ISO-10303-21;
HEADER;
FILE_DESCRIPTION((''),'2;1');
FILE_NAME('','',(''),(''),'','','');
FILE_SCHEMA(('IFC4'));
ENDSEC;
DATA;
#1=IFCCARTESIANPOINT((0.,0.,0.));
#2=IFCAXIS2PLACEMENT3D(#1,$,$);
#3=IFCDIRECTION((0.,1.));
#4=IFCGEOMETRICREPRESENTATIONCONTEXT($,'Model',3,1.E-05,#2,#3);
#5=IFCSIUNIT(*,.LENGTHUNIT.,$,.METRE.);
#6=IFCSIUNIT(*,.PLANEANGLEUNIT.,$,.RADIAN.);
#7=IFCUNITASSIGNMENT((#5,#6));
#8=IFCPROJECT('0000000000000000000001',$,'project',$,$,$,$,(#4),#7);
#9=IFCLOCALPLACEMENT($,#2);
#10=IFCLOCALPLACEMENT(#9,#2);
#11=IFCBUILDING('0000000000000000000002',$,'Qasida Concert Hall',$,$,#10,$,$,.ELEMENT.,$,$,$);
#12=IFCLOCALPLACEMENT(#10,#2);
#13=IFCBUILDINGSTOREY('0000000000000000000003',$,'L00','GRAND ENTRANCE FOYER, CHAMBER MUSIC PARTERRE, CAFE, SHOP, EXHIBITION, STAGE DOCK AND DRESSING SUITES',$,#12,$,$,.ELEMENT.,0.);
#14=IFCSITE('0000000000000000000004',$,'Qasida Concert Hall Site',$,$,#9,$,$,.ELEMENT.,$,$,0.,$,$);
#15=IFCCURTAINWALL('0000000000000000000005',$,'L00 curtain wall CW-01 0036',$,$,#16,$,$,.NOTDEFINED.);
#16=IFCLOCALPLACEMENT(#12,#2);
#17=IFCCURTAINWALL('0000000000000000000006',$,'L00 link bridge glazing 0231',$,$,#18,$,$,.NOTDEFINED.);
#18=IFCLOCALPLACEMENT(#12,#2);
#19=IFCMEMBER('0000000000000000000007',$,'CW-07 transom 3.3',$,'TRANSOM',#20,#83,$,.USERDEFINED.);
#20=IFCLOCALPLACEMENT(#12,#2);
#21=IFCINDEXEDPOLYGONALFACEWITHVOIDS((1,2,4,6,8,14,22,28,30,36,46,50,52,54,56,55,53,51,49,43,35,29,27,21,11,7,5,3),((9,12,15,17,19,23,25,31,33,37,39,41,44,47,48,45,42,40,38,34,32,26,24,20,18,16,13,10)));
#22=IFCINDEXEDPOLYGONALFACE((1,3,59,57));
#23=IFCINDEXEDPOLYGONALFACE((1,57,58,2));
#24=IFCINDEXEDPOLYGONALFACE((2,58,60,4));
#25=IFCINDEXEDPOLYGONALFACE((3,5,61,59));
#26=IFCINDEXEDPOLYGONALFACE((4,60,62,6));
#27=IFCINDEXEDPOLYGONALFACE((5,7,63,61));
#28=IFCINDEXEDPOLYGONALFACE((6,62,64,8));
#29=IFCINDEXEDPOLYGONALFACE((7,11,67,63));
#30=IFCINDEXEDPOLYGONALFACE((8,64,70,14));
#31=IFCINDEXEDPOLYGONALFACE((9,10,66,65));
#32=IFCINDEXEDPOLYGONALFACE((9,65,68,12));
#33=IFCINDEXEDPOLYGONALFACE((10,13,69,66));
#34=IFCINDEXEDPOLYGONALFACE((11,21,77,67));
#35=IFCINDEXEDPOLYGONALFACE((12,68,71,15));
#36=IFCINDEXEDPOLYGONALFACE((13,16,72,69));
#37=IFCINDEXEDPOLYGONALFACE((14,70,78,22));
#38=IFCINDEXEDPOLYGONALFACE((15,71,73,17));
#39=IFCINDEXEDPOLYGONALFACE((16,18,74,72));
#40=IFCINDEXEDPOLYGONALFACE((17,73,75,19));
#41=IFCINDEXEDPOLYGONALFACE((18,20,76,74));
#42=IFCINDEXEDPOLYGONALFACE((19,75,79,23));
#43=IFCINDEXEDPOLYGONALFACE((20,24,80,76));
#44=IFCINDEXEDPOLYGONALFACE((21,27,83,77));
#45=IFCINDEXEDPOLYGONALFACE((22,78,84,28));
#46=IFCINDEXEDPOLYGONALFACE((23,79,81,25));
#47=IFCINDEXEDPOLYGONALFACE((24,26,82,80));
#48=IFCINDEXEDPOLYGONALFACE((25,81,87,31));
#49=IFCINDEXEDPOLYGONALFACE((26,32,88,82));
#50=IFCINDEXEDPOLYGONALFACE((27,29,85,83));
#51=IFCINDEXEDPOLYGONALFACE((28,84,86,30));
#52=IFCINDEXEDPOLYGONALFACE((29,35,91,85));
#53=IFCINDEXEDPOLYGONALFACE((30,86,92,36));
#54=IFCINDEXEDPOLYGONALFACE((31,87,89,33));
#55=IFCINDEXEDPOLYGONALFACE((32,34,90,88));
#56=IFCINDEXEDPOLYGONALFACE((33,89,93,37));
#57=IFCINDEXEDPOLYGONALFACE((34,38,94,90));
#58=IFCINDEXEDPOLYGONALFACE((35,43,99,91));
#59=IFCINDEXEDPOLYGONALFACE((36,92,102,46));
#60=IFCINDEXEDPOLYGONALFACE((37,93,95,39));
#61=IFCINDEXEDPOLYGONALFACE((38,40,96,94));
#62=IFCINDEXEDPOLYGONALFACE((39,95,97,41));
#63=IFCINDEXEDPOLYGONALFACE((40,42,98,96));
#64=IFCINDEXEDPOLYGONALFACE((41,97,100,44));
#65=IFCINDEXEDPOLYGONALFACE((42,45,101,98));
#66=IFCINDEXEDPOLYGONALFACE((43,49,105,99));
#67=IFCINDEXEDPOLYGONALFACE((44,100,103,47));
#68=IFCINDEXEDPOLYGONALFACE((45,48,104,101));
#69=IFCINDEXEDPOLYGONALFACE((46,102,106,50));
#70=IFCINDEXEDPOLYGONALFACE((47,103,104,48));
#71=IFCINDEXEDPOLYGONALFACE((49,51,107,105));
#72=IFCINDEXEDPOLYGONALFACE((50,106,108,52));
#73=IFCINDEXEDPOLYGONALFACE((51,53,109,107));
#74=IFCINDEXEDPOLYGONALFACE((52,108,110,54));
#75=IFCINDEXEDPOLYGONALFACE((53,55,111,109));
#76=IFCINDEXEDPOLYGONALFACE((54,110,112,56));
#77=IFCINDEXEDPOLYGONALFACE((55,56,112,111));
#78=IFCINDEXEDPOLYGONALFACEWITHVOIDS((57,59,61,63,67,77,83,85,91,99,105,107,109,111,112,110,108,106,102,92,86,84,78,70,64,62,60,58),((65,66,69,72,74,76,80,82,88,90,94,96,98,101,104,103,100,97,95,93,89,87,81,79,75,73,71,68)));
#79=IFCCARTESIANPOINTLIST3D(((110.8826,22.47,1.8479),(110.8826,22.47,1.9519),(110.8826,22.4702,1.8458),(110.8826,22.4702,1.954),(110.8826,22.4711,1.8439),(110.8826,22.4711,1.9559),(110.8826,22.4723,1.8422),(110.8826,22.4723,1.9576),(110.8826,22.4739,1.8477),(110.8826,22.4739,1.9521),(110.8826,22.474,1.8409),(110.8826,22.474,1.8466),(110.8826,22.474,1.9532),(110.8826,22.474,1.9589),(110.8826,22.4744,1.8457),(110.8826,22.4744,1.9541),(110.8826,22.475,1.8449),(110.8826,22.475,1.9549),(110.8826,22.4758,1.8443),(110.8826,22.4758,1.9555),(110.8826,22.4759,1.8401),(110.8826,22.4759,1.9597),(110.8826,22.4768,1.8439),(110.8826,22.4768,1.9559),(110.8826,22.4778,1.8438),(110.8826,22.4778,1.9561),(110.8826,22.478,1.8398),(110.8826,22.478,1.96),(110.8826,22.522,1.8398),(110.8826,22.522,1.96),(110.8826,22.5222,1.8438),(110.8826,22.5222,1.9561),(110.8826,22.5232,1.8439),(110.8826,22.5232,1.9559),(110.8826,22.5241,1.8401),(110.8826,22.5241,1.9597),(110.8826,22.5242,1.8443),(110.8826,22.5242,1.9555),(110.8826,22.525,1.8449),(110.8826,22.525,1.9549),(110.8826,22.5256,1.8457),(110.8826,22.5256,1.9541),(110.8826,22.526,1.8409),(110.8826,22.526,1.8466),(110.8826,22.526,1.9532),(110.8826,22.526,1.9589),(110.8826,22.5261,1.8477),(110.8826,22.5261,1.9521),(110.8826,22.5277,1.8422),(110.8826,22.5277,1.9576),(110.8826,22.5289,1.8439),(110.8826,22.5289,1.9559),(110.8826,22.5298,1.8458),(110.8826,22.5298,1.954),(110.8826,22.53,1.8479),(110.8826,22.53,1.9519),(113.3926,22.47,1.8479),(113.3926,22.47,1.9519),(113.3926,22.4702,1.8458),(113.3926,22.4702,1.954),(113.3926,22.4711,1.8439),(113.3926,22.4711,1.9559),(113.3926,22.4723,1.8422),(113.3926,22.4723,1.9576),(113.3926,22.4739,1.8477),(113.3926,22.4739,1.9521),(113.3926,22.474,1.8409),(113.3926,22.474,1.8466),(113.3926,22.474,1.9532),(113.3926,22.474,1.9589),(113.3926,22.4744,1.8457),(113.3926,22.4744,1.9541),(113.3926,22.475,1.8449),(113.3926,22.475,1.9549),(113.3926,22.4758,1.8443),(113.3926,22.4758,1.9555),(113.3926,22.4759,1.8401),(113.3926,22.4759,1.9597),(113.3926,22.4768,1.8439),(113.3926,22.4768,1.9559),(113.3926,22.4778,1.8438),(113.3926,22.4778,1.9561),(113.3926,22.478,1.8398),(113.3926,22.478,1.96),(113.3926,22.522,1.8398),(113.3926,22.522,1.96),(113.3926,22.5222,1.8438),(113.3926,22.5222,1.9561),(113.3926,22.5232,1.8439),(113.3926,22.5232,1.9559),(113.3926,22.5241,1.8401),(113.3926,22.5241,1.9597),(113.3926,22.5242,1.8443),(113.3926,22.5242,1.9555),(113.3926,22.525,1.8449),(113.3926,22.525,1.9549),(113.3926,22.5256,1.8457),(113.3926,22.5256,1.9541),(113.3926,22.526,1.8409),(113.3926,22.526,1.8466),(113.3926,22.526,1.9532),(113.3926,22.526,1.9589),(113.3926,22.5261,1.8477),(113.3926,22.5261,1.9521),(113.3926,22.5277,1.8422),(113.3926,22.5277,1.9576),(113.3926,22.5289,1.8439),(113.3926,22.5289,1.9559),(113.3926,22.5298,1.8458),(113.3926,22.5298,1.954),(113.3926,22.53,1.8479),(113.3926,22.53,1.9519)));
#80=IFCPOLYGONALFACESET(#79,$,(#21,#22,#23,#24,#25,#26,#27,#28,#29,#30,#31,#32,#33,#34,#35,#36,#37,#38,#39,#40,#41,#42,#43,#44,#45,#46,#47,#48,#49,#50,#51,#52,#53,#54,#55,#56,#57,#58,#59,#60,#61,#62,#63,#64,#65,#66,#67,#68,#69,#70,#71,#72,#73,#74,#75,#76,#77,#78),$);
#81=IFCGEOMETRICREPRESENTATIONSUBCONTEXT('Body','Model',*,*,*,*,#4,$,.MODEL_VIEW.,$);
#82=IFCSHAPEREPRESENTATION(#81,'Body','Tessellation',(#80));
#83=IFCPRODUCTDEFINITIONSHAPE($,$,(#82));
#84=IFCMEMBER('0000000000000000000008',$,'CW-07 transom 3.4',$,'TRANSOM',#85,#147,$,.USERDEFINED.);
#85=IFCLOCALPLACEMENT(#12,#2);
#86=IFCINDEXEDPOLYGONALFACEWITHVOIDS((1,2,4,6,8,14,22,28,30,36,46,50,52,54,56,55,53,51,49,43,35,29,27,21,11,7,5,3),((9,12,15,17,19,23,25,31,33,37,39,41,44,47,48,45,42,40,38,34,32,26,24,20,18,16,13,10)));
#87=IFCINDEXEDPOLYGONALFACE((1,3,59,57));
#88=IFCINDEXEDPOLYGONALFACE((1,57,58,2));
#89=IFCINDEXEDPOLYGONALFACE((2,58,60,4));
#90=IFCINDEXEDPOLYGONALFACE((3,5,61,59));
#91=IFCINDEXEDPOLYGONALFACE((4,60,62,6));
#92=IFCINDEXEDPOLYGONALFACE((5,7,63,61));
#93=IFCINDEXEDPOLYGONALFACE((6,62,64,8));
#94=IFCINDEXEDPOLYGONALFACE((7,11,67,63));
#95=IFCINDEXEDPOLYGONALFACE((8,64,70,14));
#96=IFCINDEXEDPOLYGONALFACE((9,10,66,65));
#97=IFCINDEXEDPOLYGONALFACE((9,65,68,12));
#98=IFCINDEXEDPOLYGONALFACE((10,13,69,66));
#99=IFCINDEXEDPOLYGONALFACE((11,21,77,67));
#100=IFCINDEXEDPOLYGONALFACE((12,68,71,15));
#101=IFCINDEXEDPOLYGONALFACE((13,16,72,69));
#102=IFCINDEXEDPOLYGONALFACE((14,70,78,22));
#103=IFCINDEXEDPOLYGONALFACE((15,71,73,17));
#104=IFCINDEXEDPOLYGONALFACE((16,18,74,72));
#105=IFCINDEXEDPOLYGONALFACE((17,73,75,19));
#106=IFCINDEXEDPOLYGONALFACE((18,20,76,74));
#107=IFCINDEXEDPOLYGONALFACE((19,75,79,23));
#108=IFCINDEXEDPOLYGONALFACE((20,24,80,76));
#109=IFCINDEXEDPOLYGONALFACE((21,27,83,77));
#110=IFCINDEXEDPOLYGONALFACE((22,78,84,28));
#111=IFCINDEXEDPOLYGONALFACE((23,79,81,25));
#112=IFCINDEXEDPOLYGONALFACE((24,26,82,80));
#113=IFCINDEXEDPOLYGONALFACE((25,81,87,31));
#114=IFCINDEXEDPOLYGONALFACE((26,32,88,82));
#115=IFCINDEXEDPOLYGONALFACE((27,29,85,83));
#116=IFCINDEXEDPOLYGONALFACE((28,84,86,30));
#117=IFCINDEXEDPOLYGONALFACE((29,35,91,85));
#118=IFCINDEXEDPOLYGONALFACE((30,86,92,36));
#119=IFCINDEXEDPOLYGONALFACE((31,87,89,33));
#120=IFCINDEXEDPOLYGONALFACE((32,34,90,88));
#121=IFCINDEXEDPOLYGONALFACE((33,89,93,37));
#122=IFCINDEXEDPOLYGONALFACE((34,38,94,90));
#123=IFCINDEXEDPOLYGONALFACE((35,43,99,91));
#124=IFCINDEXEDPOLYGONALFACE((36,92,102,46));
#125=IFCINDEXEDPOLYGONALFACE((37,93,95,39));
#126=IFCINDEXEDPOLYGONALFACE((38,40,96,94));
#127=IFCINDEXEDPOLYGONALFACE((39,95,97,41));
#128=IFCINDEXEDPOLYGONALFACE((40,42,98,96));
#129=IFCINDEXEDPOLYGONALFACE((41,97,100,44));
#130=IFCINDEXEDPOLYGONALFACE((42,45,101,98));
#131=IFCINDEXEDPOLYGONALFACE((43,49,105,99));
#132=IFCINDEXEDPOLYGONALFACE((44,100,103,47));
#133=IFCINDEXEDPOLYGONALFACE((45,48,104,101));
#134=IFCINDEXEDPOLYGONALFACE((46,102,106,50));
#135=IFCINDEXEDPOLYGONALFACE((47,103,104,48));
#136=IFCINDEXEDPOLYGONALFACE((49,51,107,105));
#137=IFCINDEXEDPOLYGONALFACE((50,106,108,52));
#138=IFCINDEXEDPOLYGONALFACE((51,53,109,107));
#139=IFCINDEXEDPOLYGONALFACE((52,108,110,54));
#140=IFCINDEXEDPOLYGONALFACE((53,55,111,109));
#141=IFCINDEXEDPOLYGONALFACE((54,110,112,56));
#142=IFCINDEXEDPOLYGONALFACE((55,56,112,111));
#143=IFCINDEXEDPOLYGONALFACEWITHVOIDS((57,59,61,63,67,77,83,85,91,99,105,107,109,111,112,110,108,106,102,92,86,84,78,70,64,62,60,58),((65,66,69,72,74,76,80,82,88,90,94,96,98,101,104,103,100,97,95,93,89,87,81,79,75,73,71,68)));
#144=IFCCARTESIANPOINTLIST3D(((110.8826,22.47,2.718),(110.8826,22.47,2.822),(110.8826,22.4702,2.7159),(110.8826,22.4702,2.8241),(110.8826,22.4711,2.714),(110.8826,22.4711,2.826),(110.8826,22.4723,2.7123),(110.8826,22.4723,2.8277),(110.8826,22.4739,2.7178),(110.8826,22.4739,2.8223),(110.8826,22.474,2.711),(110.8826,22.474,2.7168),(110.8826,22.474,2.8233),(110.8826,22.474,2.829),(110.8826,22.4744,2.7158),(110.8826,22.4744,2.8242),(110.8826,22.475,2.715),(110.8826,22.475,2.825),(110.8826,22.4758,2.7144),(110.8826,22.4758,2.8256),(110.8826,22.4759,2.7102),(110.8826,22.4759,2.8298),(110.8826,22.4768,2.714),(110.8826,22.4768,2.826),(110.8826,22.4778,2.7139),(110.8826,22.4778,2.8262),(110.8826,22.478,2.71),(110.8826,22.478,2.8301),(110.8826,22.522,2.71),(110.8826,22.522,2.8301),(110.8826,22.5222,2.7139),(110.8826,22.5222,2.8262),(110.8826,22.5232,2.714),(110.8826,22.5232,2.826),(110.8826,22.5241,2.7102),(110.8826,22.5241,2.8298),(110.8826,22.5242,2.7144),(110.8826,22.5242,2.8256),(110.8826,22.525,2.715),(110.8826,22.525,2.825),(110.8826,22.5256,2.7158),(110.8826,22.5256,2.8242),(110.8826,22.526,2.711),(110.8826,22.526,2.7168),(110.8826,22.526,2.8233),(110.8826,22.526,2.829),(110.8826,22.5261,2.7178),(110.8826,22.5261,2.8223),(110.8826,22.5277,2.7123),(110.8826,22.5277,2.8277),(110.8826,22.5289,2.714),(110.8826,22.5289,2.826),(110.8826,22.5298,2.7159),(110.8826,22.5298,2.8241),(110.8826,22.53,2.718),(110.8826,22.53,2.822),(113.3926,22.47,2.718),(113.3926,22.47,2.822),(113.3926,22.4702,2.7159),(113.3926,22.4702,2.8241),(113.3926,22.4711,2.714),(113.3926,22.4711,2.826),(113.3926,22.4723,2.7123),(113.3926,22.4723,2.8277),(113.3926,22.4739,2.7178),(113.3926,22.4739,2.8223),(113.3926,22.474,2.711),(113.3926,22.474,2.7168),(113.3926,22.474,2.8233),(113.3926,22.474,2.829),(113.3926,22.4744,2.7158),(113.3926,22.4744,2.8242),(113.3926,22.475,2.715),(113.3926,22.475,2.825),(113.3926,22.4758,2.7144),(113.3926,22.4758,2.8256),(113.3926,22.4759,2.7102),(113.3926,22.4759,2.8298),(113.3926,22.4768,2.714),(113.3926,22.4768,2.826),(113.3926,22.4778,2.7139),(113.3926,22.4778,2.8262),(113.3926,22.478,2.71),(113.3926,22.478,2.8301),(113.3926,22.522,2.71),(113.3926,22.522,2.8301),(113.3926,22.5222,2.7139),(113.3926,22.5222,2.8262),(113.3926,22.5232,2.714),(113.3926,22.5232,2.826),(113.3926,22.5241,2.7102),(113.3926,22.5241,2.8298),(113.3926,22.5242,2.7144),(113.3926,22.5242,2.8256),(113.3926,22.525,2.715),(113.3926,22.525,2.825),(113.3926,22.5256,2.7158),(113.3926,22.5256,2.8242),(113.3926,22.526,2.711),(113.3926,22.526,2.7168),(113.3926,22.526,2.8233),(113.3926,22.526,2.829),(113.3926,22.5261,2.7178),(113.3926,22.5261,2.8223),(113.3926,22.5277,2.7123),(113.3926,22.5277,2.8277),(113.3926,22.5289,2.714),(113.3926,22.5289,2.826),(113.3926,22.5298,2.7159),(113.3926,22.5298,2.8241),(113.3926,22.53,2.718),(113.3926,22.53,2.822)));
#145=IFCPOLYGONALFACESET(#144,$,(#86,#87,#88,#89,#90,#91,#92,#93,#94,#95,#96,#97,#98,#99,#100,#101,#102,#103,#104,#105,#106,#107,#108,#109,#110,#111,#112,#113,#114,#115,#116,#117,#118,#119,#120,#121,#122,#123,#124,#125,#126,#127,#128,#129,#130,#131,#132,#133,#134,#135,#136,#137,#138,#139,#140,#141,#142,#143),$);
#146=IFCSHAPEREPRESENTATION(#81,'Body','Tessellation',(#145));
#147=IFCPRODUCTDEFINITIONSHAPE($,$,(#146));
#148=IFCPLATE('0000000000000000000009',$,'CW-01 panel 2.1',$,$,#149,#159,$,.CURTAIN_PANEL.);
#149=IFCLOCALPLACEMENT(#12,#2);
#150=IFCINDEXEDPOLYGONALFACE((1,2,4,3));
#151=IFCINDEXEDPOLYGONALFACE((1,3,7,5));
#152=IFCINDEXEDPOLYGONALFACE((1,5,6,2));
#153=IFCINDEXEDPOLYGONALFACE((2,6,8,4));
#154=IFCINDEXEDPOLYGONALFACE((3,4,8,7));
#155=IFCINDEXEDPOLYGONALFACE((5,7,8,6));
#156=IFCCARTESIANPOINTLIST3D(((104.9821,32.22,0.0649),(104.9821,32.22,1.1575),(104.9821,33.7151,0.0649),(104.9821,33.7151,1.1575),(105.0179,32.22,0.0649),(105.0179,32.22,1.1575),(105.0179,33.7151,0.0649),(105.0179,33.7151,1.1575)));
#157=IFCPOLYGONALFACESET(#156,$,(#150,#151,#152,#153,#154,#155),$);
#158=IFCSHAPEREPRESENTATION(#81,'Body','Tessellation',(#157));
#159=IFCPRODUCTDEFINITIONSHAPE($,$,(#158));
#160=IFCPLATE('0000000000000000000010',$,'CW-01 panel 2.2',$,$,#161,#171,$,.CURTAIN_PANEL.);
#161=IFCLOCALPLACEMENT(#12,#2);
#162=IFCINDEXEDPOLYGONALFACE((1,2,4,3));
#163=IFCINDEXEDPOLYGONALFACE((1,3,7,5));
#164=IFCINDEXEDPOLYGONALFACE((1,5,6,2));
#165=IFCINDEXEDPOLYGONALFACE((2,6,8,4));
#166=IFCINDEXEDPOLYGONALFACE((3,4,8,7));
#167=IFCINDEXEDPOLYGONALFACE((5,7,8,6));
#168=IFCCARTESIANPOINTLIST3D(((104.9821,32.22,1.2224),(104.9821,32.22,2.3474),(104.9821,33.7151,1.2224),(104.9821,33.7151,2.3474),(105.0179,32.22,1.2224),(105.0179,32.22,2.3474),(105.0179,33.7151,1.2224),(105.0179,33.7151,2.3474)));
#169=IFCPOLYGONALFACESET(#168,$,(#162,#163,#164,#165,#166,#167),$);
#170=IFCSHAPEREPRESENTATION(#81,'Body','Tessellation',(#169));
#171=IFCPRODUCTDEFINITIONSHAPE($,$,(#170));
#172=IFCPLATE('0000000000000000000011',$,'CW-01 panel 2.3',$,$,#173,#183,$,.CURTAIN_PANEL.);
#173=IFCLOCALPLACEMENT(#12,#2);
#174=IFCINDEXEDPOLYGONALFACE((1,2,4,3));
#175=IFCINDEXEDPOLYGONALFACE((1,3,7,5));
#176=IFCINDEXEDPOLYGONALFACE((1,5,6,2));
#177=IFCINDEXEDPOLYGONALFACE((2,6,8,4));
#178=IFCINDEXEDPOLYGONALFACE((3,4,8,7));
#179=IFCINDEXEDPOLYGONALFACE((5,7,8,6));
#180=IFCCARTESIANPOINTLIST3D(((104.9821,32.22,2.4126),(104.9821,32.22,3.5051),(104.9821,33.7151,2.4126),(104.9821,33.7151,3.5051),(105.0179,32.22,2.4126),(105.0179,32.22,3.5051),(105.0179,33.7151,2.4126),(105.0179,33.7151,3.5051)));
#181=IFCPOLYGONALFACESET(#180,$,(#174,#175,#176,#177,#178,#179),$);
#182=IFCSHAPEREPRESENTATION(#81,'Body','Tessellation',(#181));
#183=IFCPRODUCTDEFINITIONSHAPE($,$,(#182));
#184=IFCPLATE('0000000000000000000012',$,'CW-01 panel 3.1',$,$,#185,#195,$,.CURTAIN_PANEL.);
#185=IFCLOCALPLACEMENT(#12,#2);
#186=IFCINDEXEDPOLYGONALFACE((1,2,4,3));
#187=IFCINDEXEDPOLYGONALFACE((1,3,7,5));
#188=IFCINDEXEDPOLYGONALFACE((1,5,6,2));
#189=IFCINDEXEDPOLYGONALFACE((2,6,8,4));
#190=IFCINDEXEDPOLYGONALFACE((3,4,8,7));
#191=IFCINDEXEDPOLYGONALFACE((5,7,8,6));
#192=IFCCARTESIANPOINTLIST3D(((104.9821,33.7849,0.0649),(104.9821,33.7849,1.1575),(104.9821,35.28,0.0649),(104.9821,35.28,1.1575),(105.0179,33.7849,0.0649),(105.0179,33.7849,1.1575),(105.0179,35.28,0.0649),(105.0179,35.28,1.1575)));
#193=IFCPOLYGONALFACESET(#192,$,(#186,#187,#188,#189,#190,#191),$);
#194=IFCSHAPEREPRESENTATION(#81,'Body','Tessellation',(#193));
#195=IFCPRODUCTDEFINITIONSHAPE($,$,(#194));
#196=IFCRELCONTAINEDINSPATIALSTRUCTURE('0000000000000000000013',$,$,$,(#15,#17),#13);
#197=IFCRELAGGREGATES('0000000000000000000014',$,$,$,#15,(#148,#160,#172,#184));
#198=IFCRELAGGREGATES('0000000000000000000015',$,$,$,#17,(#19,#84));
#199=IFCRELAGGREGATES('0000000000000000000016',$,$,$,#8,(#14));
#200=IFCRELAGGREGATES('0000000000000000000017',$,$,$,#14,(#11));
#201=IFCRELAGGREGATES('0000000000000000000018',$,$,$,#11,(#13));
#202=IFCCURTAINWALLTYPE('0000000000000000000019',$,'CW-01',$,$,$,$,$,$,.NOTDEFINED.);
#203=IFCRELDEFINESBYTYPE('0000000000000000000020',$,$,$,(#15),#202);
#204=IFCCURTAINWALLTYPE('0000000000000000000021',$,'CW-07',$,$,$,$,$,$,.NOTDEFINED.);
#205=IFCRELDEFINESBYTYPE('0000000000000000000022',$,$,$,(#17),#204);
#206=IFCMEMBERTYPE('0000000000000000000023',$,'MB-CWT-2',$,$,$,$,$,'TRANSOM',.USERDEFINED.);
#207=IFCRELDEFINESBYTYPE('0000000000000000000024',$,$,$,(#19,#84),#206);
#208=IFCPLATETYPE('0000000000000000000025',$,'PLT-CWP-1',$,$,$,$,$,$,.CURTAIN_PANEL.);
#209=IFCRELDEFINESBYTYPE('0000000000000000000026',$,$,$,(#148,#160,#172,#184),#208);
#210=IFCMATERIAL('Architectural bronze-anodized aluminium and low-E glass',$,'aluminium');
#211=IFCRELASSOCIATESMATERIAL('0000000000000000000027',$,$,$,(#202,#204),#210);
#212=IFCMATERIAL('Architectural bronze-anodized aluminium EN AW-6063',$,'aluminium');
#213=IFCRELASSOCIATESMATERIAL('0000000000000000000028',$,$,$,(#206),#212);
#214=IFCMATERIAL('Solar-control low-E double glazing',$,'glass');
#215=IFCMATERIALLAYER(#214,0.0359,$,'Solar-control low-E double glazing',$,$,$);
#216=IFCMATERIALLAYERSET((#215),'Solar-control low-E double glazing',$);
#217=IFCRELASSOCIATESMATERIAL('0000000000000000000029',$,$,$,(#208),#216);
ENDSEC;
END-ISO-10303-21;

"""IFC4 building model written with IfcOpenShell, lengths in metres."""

from ifc_helpers import new_model, si_unit, direction, frame, origin, origin_2d, place, context, subcontext, project, spatial, rectangle, hollow_rectangle, extrude, material, layer, layer_set, material_profile, profile_set, type_object, element, aggregate, save


model = new_model("IFC4")

# Units and contexts
model_context = context("Model", 3, precision=1e-05, world=origin(), true_north=direction((0.0, 1.0)))
body_context = subcontext(model_context, "Body", "Model", "MODEL_VIEW")
ifc_project = project(units=[si_unit("LENGTHUNIT", "METRE"), si_unit("PLANEANGLEUNIT", "RADIAN")], contexts=[model_context])

# Site, building, storey
site_placement = place(None, origin())
site = spatial("IfcSite", under=ifc_project, at=site_placement, Name="Qasida Concert Hall Site", CompositionType="ELEMENT", RefElevation=0.0)
building_placement = place(site_placement, origin())
building = spatial("IfcBuilding", under=site, at=building_placement, Name="Qasida Concert Hall", CompositionType="ELEMENT")
storey_placement = place(building_placement, origin())
storey = spatial("IfcBuildingStorey", under=building, at=storey_placement, Name="L00", Description="GRAND ENTRANCE FOYER, CHAMBER MUSIC PARTERRE, CAFE, SHOP, EXHIBITION, STAGE DOCK AND DRESSING SUITES", CompositionType="ELEMENT", Elevation=0.0)

# Curtain wall
ifc_material_1 = material(Name="Architectural bronze-anodized aluminium and low-E glass", Category="aluminium")
curtain_wall_type_1 = type_object("IfcCurtainWallType", Name="CW-01", PredefinedType="NOTDEFINED", material=ifc_material_1)
curtain_wall_1_placement = place(storey_placement, origin())
curtain_wall_1 = element("IfcCurtainWall", 1, at=curtain_wall_1_placement, inside=storey, type_object=curtain_wall_type_1, Name="L00 curtain wall CW-01 0036", PredefinedType="NOTDEFINED")
ifc_material_2 = material(Name="Architectural bronze-anodized aluminium EN AW-6063", Category="aluminium")

# Curtain wall
curtain_wall_type_2 = type_object("IfcCurtainWallType", Name="CW-07", PredefinedType="NOTDEFINED", material=ifc_material_1)
curtain_wall_2_placement = place(storey_placement, origin())
curtain_wall_2 = element("IfcCurtainWall", 2, at=curtain_wall_2_placement, inside=storey, type_object=curtain_wall_type_2, Name="L00 link bridge glazing 0231", PredefinedType="NOTDEFINED")

# Members
ifc_material_profile_1 = material_profile(ifc_material_2, hollow_rectangle(XDim=0.0601, YDim=0.1201, WallThickness=0.0039, InnerFilletRadius=0.0039, OuterFilletRadius=0.0081, at=origin_2d()), Name="CWT 120x60x4")
ifc_profile_set_1 = profile_set([ifc_material_profile_1], Name="Architectural bronze-anodized aluminium EN AW-6063")
member_type_1 = type_object("IfcMemberType", Name="MB-CWT-2", ElementType="TRANSOM", PredefinedType="USERDEFINED", material=ifc_profile_set_1)
member_1_placement = place(storey_placement, frame((110.8826, 22.5, 1.8999), z_axis=(1.0, 0.0, 0.0), x_axis=(0.0, 1.0, 0.0)))
member_1 = element("IfcMember", 3, at=member_1_placement, type_object=member_type_1, Name="CW-07 transom 3.3", ObjectType="TRANSOM", PredefinedType="USERDEFINED", context=body_context, shape_type="SweptSolid", body=[
    extrude(hollow_rectangle(XDim=0.0601, YDim=0.1201, WallThickness=0.0039, InnerFilletRadius=0.0039, OuterFilletRadius=0.0081, at=origin_2d()), origin(), (0.0, 0.0, 1.0), 2.51),
])
member_2_placement = place(storey_placement, frame((110.8826, 22.5, 2.77), z_axis=(1.0, 0.0, 0.0), x_axis=(0.0, 1.0, 0.0)))
member_2 = element("IfcMember", 4, at=member_2_placement, type_object=member_type_1, Name="CW-07 transom 3.4", ObjectType="TRANSOM", PredefinedType="USERDEFINED", context=body_context, shape_type="SweptSolid", body=[
    extrude(hollow_rectangle(XDim=0.0601, YDim=0.1201, WallThickness=0.0039, InnerFilletRadius=0.0039, OuterFilletRadius=0.0081, at=origin_2d()), origin(), (0.0, 0.0, 1.0), 2.51),
])

# Plates
ifc_material_3 = material(Name="Solar-control low-E double glazing", Category="glass")
ifc_layer_1 = layer(ifc_material_3, 0.0359, Name="Solar-control low-E double glazing")
ifc_layer_set_1 = layer_set([ifc_layer_1], Name="Solar-control low-E double glazing")
plate_type_1 = type_object("IfcPlateType", Name="PLT-CWP-1", PredefinedType="CURTAIN_PANEL", material=ifc_layer_set_1)
plate_1_placement = place(storey_placement, frame((105.0, 32.9675, 0.0649), z_axis=(0.0, 0.0, 1.0), x_axis=(0.0, 1.0, 0.0)))
plate_1 = element("IfcPlate", 5, at=plate_1_placement, type_object=plate_type_1, Name="CW-01 panel 2.1", PredefinedType="CURTAIN_PANEL", context=body_context, shape_type="SweptSolid", body=[
    extrude(rectangle(XDim=1.4951, YDim=0.0359, at=origin_2d()), origin(), (0.0, 0.0, 1.0), 1.0925),
])
plate_2_placement = place(storey_placement, frame((105.0, 32.9675, 1.2224), z_axis=(0.0, 0.0, 1.0), x_axis=(0.0, 1.0, 0.0)))
plate_2 = element("IfcPlate", 6, at=plate_2_placement, type_object=plate_type_1, Name="CW-01 panel 2.2", PredefinedType="CURTAIN_PANEL", context=body_context, shape_type="SweptSolid", body=[
    extrude(rectangle(XDim=1.4951, YDim=0.0359, at=origin_2d()), origin(), (0.0, 0.0, 1.0), 1.125),
])
plate_3_placement = place(storey_placement, frame((105.0, 32.9675, 2.4126), z_axis=(0.0, 0.0, 1.0), x_axis=(0.0, 1.0, 0.0)))
plate_3 = element("IfcPlate", 7, at=plate_3_placement, type_object=plate_type_1, Name="CW-01 panel 2.3", PredefinedType="CURTAIN_PANEL", context=body_context, shape_type="SweptSolid", body=[
    extrude(rectangle(XDim=1.4951, YDim=0.0359, at=origin_2d()), origin(), (0.0, 0.0, 1.0), 1.0925),
])
plate_4_placement = place(storey_placement, frame((105.0, 34.5325, 0.0649), z_axis=(0.0, 0.0, 1.0), x_axis=(0.0, 1.0, 0.0)))
plate_4 = element("IfcPlate", 8, at=plate_4_placement, type_object=plate_type_1, Name="CW-01 panel 3.1", PredefinedType="CURTAIN_PANEL", context=body_context, shape_type="SweptSolid", body=[
    extrude(rectangle(XDim=1.4951, YDim=0.0359, at=origin_2d()), origin(), (0.0, 0.0, 1.0), 1.0925),
])
aggregate(curtain_wall_1, [plate_1, plate_2, plate_3, plate_4])
aggregate(curtain_wall_2, [member_1, member_2])

save(model, "model.ifc")
